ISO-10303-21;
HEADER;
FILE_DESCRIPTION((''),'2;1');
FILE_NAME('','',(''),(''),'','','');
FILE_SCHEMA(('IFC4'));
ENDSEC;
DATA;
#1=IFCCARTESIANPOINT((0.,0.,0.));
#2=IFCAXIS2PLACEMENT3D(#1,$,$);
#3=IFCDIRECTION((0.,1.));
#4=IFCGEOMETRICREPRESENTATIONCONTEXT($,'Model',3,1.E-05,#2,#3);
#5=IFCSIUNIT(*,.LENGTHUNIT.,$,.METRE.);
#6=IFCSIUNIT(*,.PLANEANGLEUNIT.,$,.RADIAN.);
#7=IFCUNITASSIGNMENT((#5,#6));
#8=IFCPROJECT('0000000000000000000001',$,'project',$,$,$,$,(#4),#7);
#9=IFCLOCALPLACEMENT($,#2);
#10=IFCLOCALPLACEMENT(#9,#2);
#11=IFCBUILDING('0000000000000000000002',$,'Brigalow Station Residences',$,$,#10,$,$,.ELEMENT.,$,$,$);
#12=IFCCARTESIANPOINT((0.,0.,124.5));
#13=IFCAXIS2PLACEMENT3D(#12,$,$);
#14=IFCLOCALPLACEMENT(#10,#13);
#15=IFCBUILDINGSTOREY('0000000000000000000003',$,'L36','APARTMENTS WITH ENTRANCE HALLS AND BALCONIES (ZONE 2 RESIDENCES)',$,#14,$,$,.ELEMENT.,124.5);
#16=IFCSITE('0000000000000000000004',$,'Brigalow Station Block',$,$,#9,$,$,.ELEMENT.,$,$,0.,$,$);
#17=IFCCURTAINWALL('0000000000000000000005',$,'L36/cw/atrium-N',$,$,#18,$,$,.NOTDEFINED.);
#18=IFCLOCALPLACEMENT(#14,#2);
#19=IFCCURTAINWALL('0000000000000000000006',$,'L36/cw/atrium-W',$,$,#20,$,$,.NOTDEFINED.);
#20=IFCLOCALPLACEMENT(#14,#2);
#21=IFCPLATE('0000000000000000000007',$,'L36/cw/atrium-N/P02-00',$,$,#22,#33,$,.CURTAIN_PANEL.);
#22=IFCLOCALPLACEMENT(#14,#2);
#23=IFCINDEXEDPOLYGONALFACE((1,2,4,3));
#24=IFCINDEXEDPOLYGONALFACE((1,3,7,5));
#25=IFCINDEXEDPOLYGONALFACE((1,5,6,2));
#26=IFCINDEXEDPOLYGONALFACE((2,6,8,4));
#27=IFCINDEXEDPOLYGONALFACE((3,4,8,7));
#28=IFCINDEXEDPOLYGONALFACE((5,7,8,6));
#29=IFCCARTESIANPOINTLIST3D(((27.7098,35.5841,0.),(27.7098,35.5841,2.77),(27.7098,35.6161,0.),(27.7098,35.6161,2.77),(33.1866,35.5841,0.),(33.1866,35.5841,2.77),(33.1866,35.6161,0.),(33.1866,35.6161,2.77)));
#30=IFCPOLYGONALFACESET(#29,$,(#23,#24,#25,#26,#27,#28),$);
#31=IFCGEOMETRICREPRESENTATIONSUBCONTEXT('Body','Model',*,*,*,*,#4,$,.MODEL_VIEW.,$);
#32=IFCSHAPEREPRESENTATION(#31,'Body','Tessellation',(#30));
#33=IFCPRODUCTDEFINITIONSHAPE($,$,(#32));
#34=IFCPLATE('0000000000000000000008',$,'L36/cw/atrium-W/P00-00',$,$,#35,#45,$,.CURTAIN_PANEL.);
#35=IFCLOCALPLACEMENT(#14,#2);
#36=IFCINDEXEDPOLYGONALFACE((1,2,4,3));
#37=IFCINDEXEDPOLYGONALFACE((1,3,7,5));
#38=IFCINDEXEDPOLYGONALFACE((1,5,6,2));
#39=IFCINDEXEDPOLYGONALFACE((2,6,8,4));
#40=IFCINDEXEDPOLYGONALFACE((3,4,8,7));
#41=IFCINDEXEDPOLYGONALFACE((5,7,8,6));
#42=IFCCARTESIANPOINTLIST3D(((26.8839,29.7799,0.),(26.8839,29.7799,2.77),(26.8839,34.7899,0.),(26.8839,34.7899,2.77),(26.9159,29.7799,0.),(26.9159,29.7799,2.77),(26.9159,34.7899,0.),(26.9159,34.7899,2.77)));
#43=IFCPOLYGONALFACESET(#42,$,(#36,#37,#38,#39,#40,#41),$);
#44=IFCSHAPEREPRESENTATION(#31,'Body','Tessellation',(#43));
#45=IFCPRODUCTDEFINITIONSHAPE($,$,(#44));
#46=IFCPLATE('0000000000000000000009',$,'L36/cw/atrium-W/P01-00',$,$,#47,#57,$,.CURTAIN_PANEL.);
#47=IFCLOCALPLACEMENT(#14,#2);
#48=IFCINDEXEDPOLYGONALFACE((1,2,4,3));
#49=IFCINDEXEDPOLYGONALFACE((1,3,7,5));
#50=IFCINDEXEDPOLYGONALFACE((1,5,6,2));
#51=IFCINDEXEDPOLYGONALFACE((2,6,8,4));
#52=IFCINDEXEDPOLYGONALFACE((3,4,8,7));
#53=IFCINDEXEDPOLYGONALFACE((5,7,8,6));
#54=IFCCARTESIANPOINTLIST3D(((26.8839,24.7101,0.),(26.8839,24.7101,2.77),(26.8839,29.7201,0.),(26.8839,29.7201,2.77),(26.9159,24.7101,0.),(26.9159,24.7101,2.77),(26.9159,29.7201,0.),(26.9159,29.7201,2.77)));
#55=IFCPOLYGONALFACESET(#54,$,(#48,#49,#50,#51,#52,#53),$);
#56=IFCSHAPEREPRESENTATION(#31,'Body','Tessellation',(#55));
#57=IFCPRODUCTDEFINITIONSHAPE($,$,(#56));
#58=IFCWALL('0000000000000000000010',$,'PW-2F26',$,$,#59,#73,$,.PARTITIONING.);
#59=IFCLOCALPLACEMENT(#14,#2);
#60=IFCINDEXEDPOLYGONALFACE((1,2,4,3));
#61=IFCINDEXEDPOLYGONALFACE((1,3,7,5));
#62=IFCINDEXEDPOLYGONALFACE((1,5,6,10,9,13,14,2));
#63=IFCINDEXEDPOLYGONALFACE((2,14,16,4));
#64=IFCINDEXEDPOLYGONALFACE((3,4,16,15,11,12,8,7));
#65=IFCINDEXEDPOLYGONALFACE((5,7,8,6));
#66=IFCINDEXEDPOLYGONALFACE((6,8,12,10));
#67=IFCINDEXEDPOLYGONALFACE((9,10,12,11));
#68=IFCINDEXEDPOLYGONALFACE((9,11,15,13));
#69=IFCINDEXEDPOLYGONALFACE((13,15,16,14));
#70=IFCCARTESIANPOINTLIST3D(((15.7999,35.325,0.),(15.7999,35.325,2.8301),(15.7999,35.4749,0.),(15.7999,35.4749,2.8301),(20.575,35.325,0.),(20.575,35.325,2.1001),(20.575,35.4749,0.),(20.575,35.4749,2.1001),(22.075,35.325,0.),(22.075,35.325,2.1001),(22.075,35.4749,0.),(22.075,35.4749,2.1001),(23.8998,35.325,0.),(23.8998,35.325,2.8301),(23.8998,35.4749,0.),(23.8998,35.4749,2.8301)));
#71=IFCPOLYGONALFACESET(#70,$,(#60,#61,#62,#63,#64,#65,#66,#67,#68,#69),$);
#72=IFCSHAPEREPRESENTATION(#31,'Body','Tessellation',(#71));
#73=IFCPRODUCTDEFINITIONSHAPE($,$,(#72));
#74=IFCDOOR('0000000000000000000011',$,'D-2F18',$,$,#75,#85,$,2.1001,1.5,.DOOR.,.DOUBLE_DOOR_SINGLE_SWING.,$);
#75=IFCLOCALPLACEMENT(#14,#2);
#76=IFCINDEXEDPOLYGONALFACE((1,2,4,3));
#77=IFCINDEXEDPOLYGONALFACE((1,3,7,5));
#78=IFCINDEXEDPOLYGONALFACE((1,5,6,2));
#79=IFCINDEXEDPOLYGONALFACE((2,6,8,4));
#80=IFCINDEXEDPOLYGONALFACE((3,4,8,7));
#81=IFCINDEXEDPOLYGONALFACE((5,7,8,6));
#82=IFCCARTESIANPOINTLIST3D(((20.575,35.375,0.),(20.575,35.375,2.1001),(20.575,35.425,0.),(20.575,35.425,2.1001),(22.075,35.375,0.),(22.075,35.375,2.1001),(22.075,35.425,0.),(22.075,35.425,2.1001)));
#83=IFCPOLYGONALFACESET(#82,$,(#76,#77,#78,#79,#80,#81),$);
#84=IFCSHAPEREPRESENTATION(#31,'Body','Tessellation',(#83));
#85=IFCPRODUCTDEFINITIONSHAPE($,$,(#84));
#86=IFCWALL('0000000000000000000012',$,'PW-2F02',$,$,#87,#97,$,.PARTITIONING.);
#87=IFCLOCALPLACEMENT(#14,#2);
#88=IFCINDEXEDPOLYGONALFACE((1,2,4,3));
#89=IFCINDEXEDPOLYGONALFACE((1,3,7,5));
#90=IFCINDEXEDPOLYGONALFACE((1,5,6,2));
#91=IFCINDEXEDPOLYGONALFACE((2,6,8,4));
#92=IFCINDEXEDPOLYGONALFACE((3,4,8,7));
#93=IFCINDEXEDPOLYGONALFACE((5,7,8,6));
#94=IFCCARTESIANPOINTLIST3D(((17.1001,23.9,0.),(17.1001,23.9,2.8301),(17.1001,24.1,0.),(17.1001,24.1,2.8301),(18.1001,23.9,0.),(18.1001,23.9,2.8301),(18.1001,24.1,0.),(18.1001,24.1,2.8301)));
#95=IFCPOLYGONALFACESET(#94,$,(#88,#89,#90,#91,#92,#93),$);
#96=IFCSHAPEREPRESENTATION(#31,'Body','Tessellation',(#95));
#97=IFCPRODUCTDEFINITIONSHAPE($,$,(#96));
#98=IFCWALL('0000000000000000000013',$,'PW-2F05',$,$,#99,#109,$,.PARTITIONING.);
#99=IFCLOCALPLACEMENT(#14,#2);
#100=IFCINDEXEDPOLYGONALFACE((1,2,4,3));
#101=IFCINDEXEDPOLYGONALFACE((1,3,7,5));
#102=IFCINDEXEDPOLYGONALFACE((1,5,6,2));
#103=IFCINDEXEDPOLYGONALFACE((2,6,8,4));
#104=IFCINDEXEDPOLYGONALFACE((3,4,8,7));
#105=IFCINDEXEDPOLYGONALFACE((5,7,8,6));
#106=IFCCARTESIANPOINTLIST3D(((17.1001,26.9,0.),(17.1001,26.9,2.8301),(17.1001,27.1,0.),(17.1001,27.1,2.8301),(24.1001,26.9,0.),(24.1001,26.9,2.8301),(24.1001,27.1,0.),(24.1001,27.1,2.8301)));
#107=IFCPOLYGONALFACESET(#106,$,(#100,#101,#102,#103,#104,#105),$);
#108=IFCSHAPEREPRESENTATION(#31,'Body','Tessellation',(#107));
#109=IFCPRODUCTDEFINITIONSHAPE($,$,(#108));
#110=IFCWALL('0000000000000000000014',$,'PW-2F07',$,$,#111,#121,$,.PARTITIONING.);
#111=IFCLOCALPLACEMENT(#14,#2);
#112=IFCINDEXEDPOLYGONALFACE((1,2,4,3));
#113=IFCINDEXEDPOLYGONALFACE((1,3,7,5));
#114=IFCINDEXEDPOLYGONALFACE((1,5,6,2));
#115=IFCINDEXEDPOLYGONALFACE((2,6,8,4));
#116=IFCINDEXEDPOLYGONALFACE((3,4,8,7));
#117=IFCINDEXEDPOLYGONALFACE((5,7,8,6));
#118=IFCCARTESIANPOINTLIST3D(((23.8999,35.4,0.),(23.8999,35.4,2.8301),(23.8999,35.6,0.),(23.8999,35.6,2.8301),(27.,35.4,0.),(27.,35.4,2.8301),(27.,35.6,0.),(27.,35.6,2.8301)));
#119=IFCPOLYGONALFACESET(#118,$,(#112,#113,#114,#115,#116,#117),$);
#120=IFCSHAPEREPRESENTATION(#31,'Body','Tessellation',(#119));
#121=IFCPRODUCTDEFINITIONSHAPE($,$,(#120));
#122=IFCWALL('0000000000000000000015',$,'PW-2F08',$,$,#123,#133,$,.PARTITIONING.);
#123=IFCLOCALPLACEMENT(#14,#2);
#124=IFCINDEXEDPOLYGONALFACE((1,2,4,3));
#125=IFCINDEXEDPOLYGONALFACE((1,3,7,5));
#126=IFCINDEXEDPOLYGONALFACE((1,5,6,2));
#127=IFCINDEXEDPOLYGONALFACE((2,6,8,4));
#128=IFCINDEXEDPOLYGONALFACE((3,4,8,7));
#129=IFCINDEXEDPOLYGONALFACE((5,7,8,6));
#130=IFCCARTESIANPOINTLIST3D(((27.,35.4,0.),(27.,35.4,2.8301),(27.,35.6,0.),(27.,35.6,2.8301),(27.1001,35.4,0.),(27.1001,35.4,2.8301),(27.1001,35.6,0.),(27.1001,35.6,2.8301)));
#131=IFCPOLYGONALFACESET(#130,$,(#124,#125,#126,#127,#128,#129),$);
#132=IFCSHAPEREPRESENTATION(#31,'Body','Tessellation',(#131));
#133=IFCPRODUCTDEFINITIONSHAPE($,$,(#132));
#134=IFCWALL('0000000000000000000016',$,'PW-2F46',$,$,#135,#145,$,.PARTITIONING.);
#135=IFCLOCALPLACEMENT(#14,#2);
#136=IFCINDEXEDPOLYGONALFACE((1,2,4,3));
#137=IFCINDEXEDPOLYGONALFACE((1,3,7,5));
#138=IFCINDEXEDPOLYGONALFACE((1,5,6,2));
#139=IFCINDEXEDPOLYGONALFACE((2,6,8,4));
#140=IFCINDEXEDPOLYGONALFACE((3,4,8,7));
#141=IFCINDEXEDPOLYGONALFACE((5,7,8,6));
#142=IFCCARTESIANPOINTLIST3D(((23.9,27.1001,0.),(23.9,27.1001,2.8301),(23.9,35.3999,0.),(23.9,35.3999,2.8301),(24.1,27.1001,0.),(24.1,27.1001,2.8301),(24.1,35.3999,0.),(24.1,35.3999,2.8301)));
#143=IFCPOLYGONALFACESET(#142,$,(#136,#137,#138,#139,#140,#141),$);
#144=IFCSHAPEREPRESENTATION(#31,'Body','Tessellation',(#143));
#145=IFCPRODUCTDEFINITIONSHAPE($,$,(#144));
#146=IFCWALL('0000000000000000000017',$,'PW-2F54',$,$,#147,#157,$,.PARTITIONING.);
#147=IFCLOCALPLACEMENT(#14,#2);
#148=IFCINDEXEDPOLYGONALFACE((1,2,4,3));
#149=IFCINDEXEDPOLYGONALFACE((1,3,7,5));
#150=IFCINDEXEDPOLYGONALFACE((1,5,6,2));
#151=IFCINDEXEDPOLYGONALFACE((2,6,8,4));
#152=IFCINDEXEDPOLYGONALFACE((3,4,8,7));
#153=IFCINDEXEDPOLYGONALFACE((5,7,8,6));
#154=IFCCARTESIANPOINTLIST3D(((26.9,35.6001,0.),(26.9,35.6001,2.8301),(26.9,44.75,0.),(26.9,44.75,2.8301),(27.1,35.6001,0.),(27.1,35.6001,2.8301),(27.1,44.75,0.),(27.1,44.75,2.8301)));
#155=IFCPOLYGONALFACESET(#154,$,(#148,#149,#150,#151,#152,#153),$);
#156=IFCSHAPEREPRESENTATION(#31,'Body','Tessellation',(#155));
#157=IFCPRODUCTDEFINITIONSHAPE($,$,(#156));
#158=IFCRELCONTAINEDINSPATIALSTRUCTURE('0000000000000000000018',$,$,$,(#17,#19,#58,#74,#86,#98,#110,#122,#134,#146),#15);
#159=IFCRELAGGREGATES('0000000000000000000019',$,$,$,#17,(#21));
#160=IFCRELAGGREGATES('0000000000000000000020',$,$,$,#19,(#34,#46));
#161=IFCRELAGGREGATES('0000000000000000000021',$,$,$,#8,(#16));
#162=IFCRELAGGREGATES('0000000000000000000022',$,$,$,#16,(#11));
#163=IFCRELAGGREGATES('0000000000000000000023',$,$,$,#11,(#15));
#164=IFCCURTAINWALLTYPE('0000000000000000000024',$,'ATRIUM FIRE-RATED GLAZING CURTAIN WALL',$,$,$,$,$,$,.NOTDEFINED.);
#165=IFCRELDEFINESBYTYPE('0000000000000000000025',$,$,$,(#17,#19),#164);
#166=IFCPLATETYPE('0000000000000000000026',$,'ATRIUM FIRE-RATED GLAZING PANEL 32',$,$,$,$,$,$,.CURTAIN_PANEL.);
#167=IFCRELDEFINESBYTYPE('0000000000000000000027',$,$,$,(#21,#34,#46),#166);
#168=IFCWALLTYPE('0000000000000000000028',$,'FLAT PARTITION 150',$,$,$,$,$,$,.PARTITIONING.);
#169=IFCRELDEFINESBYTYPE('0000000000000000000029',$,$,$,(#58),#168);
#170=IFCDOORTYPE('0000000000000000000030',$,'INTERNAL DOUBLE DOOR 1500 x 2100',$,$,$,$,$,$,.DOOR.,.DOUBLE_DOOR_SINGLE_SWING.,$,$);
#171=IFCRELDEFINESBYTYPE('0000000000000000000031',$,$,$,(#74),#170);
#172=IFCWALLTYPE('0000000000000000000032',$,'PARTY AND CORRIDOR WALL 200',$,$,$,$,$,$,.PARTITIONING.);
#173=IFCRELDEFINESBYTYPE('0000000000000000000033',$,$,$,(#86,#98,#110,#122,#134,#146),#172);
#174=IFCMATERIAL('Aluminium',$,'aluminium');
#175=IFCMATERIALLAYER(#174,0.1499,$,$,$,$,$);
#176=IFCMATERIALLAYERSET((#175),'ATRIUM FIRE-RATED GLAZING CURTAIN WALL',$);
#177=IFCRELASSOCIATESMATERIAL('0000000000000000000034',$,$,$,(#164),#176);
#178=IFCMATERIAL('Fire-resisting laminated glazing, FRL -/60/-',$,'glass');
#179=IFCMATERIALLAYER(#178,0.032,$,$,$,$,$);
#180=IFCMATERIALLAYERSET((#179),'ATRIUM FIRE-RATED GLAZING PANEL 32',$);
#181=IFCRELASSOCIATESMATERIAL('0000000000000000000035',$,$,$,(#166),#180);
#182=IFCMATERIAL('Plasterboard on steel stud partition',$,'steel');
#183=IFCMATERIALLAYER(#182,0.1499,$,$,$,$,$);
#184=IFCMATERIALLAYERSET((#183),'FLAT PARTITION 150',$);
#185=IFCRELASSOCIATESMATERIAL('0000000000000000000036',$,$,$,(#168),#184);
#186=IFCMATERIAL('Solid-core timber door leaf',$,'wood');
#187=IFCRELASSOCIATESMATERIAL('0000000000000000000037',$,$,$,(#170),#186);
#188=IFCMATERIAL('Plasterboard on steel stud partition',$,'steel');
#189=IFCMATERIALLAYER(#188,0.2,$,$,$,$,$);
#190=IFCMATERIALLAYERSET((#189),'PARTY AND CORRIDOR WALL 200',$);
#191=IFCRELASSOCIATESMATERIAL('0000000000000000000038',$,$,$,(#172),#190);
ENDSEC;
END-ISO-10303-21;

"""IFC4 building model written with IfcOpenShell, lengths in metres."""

from ifc_helpers import new_model, si_unit, direction, frame, frame_2d, origin, origin_2d, place, context, subcontext, project, spatial, rectangle, extrude, material, layer, layer_set, type_object, element, fill, aggregate, save


model = new_model("IFC4")

# Units and contexts
model_context = context("Model", 3, precision=1e-05, world=origin(), true_north=direction((0.0, 1.0)))
body_context = subcontext(model_context, "Body", "Model", "MODEL_VIEW")
ifc_project = project(units=[si_unit("LENGTHUNIT", "METRE"), si_unit("PLANEANGLEUNIT", "RADIAN")], contexts=[model_context])

# Site, building, storey
site_placement = place(None, origin())
site = spatial("IfcSite", under=ifc_project, at=site_placement, Name="Brigalow Station Block", CompositionType="ELEMENT", RefElevation=0.0)
building_placement = place(site_placement, origin())
building = spatial("IfcBuilding", under=site, at=building_placement, Name="Brigalow Station Residences", CompositionType="ELEMENT")
storey_placement = place(building_placement, frame((0.0, 0.0, 124.5)))
storey = spatial("IfcBuildingStorey", under=building, at=storey_placement, Name="L36", Description="APARTMENTS WITH ENTRANCE HALLS AND BALCONIES (ZONE 2 RESIDENCES)", CompositionType="ELEMENT", Elevation=124.5)

# Curtain wall
ifc_material_1 = material(Name="Aluminium", Category="aluminium")
ifc_layer_1 = layer(ifc_material_1, 0.1499)
ifc_layer_set_1 = layer_set([ifc_layer_1], Name="ATRIUM FIRE-RATED GLAZING CURTAIN WALL")
curtain_wall_type = type_object("IfcCurtainWallType", Name="ATRIUM FIRE-RATED GLAZING CURTAIN WALL", PredefinedType="NOTDEFINED", material=ifc_layer_set_1)
curtain_wall_1_placement = place(storey_placement, origin())
curtain_wall_1 = element("IfcCurtainWall", 1, at=curtain_wall_1_placement, inside=storey, type_object=curtain_wall_type, Name="L36/cw/atrium-N", PredefinedType="NOTDEFINED")

# Curtain wall
curtain_wall_2_placement = place(storey_placement, origin())
curtain_wall_2 = element("IfcCurtainWall", 2, at=curtain_wall_2_placement, inside=storey, type_object=curtain_wall_type, Name="L36/cw/atrium-W", PredefinedType="NOTDEFINED")

# Plates
ifc_material_2 = material(Name="Fire-resisting laminated glazing, FRL -/60/-", Category="glass")
ifc_layer_2 = layer(ifc_material_2, 0.032)
ifc_layer_set_2 = layer_set([ifc_layer_2], Name="ATRIUM FIRE-RATED GLAZING PANEL 32")
plate_type = type_object("IfcPlateType", Name="ATRIUM FIRE-RATED GLAZING PANEL 32", PredefinedType="CURTAIN_PANEL", material=ifc_layer_set_2)
plate_1_placement = place(storey_placement, frame((30.4482, 35.6001, 0.0), z_axis=(0.0, 0.0, 1.0), x_axis=(-1.0, 0.0, 0.0)))
plate_1 = element("IfcPlate", 3, at=plate_1_placement, type_object=plate_type, Name="L36/cw/atrium-N/P02-00", PredefinedType="CURTAIN_PANEL", context=body_context, shape_type="SweptSolid", body=[
    extrude(rectangle(XDim=5.4768, YDim=0.032, at=origin_2d()), origin(), (0.0, 0.0, 1.0), 2.77),
])
aggregate(curtain_wall_1, [plate_1])
plate_2_placement = place(storey_placement, frame((26.8999, 32.2849, 0.0), z_axis=(0.0, 0.0, 1.0), x_axis=(0.0, -1.0, 0.0)))
plate_2 = element("IfcPlate", 4, at=plate_2_placement, type_object=plate_type, Name="L36/cw/atrium-W/P00-00", PredefinedType="CURTAIN_PANEL", context=body_context, shape_type="SweptSolid", body=[
    extrude(rectangle(XDim=5.01, YDim=0.032, at=origin_2d()), origin(), (0.0, 0.0, 1.0), 2.77),
])
plate_3_placement = place(storey_placement, frame((26.8999, 27.2151, 0.0), z_axis=(0.0, 0.0, 1.0), x_axis=(0.0, -1.0, 0.0)))
plate_3 = element("IfcPlate", 5, at=plate_3_placement, type_object=plate_type, Name="L36/cw/atrium-W/P01-00", PredefinedType="CURTAIN_PANEL", context=body_context, shape_type="SweptSolid", body=[
    extrude(rectangle(XDim=5.01, YDim=0.032, at=origin_2d()), origin(), (0.0, 0.0, 1.0), 2.77),
])
aggregate(curtain_wall_2, [plate_2, plate_3])

# Wall, opening, door
ifc_material_3 = material(Name="Plasterboard on steel stud partition", Category="steel")
ifc_layer_3 = layer(ifc_material_3, 0.1499)
ifc_layer_set_3 = layer_set([ifc_layer_3], Name="FLAT PARTITION 150")
wall_type_1 = type_object("IfcWallType", Name="FLAT PARTITION 150", PredefinedType="PARTITIONING", material=ifc_layer_set_3)
wall_1_placement = place(storey_placement, frame((15.8, 35.3999, 0.0), z_axis=(0.0, 0.0, 1.0), x_axis=(1.0, 0.0, 0.0)))
wall_1 = element("IfcWall", 6, at=wall_1_placement, inside=storey, type_object=wall_type_1, Name="PW-2F26", PredefinedType="PARTITIONING", context=body_context, shape_type="SweptSolid", body=[
    extrude(rectangle(XDim=8.0999, YDim=0.1499, at=frame_2d((4.0498, 0.0))), origin(), (0.0, 0.0, 1.0), 2.8301),
])
opening_placement = place(wall_1_placement, frame((4.7749, 0.0, 0.0)))
opening = element("IfcOpeningElement", 7, at=opening_placement, cuts=wall_1, PredefinedType="OPENING", context=body_context, shape_type="SweptSolid", body=[
    extrude(rectangle(XDim=1.5, YDim=2.1001, at=frame_2d((0.75, 1.05))), frame((0.0, 0.085, 0.0), z_axis=(0.0, -1.0, 0.0), x_axis=(1.0, 0.0, 0.0)), (0.0, 0.0, 1.0), 0.1699),
])
ifc_material_4 = material(Name="Solid-core timber door leaf", Category="wood")
door_type = type_object("IfcDoorType", Name="INTERNAL DOUBLE DOOR 1500 x 2100", OperationType="DOUBLE_DOOR_SINGLE_SWING", PredefinedType="DOOR", material=ifc_material_4)
door_placement = place(opening_placement, frame((1.5, 0.0, 0.0), z_axis=(0.0, 0.0, 1.0), x_axis=(-1.0, 0.0, 0.0)))
door = element("IfcDoor", 8, at=door_placement, inside=storey, type_object=door_type, Name="D-2F18", OperationType="DOUBLE_DOOR_SINGLE_SWING", OverallHeight=2.1001, OverallWidth=1.5, PredefinedType="DOOR", context=body_context, shape_type="SweptSolid", body=[
    extrude(rectangle(XDim=1.5, YDim=2.1001, at=frame_2d((0.75, 1.05))), frame((0.0, 0.0249, 0.0), z_axis=(0.0, -1.0, 0.0), x_axis=(1.0, 0.0, 0.0)), (0.0, 0.0, 1.0), 0.05),
])
fill(opening, door)

# Walls
ifc_material_5 = material(Name="Plasterboard on steel stud partition", Category="steel")
ifc_layer_4 = layer(ifc_material_5, 0.2)
ifc_layer_set_4 = layer_set([ifc_layer_4], Name="PARTY AND CORRIDOR WALL 200")
wall_type_2 = type_object("IfcWallType", Name="PARTY AND CORRIDOR WALL 200", PredefinedType="PARTITIONING", material=ifc_layer_set_4)
wall_2_placement = place(storey_placement, frame((17.1001, 24.0, 0.0), z_axis=(0.0, 0.0, 1.0), x_axis=(1.0, 0.0, 0.0)))
element("IfcWall", 9, at=wall_2_placement, inside=storey, type_object=wall_type_2, Name="PW-2F02", PredefinedType="PARTITIONING", context=body_context, shape_type="SweptSolid", body=[
    extrude(rectangle(XDim=1.0, YDim=0.2, at=frame_2d((0.5, 0.0))), origin(), (0.0, 0.0, 1.0), 2.8301),
])
wall_3_placement = place(storey_placement, frame((17.1001, 27.0, 0.0), z_axis=(0.0, 0.0, 1.0), x_axis=(1.0, 0.0, 0.0)))
element("IfcWall", 10, at=wall_3_placement, inside=storey, type_object=wall_type_2, Name="PW-2F05", PredefinedType="PARTITIONING", context=body_context, shape_type="SweptSolid", body=[
    extrude(rectangle(XDim=7.0, YDim=0.2, at=frame_2d((3.5, 0.0))), origin(), (0.0, 0.0, 1.0), 2.8301),
])
wall_4_placement = place(storey_placement, frame((23.8999, 35.5, 0.0), z_axis=(0.0, 0.0, 1.0), x_axis=(1.0, 0.0, 0.0)))
element("IfcWall", 11, at=wall_4_placement, inside=storey, type_object=wall_type_2, Name="PW-2F07", PredefinedType="PARTITIONING", context=body_context, shape_type="SweptSolid", body=[
    extrude(rectangle(XDim=3.1001, YDim=0.2, at=frame_2d((1.55, 0.0))), origin(), (0.0, 0.0, 1.0), 2.8301),
])
wall_5_placement = place(storey_placement, frame((27.0, 35.5, 0.0), z_axis=(0.0, 0.0, 1.0), x_axis=(1.0, 0.0, 0.0)))
element("IfcWall", 12, at=wall_5_placement, inside=storey, type_object=wall_type_2, Name="PW-2F08", PredefinedType="PARTITIONING", context=body_context, shape_type="SweptSolid", body=[
    extrude(rectangle(XDim=0.1001, YDim=0.2, at=frame_2d((0.05, 0.0))), origin(), (0.0, 0.0, 1.0), 2.8301),
])
wall_6_placement = place(storey_placement, frame((24.0, 27.1001, 0.0), z_axis=(0.0, 0.0, 1.0), x_axis=(0.0, 1.0, 0.0)))
element("IfcWall", 13, at=wall_6_placement, inside=storey, type_object=wall_type_2, Name="PW-2F46", PredefinedType="PARTITIONING", context=body_context, shape_type="SweptSolid", body=[
    extrude(rectangle(XDim=8.2998, YDim=0.2, at=frame_2d((4.1499, 0.0))), origin(), (0.0, 0.0, 1.0), 2.8301),
])
wall_7_placement = place(storey_placement, frame((27.0, 35.6001, 0.0), z_axis=(0.0, 0.0, 1.0), x_axis=(0.0, 1.0, 0.0)))
element("IfcWall", 14, at=wall_7_placement, inside=storey, type_object=wall_type_2, Name="PW-2F54", PredefinedType="PARTITIONING", context=body_context, shape_type="SweptSolid", body=[
    extrude(rectangle(XDim=9.1499, YDim=0.2, at=frame_2d((4.575, 0.0))), origin(), (0.0, 0.0, 1.0), 2.8301),
])

save(model, "model.ifc")
